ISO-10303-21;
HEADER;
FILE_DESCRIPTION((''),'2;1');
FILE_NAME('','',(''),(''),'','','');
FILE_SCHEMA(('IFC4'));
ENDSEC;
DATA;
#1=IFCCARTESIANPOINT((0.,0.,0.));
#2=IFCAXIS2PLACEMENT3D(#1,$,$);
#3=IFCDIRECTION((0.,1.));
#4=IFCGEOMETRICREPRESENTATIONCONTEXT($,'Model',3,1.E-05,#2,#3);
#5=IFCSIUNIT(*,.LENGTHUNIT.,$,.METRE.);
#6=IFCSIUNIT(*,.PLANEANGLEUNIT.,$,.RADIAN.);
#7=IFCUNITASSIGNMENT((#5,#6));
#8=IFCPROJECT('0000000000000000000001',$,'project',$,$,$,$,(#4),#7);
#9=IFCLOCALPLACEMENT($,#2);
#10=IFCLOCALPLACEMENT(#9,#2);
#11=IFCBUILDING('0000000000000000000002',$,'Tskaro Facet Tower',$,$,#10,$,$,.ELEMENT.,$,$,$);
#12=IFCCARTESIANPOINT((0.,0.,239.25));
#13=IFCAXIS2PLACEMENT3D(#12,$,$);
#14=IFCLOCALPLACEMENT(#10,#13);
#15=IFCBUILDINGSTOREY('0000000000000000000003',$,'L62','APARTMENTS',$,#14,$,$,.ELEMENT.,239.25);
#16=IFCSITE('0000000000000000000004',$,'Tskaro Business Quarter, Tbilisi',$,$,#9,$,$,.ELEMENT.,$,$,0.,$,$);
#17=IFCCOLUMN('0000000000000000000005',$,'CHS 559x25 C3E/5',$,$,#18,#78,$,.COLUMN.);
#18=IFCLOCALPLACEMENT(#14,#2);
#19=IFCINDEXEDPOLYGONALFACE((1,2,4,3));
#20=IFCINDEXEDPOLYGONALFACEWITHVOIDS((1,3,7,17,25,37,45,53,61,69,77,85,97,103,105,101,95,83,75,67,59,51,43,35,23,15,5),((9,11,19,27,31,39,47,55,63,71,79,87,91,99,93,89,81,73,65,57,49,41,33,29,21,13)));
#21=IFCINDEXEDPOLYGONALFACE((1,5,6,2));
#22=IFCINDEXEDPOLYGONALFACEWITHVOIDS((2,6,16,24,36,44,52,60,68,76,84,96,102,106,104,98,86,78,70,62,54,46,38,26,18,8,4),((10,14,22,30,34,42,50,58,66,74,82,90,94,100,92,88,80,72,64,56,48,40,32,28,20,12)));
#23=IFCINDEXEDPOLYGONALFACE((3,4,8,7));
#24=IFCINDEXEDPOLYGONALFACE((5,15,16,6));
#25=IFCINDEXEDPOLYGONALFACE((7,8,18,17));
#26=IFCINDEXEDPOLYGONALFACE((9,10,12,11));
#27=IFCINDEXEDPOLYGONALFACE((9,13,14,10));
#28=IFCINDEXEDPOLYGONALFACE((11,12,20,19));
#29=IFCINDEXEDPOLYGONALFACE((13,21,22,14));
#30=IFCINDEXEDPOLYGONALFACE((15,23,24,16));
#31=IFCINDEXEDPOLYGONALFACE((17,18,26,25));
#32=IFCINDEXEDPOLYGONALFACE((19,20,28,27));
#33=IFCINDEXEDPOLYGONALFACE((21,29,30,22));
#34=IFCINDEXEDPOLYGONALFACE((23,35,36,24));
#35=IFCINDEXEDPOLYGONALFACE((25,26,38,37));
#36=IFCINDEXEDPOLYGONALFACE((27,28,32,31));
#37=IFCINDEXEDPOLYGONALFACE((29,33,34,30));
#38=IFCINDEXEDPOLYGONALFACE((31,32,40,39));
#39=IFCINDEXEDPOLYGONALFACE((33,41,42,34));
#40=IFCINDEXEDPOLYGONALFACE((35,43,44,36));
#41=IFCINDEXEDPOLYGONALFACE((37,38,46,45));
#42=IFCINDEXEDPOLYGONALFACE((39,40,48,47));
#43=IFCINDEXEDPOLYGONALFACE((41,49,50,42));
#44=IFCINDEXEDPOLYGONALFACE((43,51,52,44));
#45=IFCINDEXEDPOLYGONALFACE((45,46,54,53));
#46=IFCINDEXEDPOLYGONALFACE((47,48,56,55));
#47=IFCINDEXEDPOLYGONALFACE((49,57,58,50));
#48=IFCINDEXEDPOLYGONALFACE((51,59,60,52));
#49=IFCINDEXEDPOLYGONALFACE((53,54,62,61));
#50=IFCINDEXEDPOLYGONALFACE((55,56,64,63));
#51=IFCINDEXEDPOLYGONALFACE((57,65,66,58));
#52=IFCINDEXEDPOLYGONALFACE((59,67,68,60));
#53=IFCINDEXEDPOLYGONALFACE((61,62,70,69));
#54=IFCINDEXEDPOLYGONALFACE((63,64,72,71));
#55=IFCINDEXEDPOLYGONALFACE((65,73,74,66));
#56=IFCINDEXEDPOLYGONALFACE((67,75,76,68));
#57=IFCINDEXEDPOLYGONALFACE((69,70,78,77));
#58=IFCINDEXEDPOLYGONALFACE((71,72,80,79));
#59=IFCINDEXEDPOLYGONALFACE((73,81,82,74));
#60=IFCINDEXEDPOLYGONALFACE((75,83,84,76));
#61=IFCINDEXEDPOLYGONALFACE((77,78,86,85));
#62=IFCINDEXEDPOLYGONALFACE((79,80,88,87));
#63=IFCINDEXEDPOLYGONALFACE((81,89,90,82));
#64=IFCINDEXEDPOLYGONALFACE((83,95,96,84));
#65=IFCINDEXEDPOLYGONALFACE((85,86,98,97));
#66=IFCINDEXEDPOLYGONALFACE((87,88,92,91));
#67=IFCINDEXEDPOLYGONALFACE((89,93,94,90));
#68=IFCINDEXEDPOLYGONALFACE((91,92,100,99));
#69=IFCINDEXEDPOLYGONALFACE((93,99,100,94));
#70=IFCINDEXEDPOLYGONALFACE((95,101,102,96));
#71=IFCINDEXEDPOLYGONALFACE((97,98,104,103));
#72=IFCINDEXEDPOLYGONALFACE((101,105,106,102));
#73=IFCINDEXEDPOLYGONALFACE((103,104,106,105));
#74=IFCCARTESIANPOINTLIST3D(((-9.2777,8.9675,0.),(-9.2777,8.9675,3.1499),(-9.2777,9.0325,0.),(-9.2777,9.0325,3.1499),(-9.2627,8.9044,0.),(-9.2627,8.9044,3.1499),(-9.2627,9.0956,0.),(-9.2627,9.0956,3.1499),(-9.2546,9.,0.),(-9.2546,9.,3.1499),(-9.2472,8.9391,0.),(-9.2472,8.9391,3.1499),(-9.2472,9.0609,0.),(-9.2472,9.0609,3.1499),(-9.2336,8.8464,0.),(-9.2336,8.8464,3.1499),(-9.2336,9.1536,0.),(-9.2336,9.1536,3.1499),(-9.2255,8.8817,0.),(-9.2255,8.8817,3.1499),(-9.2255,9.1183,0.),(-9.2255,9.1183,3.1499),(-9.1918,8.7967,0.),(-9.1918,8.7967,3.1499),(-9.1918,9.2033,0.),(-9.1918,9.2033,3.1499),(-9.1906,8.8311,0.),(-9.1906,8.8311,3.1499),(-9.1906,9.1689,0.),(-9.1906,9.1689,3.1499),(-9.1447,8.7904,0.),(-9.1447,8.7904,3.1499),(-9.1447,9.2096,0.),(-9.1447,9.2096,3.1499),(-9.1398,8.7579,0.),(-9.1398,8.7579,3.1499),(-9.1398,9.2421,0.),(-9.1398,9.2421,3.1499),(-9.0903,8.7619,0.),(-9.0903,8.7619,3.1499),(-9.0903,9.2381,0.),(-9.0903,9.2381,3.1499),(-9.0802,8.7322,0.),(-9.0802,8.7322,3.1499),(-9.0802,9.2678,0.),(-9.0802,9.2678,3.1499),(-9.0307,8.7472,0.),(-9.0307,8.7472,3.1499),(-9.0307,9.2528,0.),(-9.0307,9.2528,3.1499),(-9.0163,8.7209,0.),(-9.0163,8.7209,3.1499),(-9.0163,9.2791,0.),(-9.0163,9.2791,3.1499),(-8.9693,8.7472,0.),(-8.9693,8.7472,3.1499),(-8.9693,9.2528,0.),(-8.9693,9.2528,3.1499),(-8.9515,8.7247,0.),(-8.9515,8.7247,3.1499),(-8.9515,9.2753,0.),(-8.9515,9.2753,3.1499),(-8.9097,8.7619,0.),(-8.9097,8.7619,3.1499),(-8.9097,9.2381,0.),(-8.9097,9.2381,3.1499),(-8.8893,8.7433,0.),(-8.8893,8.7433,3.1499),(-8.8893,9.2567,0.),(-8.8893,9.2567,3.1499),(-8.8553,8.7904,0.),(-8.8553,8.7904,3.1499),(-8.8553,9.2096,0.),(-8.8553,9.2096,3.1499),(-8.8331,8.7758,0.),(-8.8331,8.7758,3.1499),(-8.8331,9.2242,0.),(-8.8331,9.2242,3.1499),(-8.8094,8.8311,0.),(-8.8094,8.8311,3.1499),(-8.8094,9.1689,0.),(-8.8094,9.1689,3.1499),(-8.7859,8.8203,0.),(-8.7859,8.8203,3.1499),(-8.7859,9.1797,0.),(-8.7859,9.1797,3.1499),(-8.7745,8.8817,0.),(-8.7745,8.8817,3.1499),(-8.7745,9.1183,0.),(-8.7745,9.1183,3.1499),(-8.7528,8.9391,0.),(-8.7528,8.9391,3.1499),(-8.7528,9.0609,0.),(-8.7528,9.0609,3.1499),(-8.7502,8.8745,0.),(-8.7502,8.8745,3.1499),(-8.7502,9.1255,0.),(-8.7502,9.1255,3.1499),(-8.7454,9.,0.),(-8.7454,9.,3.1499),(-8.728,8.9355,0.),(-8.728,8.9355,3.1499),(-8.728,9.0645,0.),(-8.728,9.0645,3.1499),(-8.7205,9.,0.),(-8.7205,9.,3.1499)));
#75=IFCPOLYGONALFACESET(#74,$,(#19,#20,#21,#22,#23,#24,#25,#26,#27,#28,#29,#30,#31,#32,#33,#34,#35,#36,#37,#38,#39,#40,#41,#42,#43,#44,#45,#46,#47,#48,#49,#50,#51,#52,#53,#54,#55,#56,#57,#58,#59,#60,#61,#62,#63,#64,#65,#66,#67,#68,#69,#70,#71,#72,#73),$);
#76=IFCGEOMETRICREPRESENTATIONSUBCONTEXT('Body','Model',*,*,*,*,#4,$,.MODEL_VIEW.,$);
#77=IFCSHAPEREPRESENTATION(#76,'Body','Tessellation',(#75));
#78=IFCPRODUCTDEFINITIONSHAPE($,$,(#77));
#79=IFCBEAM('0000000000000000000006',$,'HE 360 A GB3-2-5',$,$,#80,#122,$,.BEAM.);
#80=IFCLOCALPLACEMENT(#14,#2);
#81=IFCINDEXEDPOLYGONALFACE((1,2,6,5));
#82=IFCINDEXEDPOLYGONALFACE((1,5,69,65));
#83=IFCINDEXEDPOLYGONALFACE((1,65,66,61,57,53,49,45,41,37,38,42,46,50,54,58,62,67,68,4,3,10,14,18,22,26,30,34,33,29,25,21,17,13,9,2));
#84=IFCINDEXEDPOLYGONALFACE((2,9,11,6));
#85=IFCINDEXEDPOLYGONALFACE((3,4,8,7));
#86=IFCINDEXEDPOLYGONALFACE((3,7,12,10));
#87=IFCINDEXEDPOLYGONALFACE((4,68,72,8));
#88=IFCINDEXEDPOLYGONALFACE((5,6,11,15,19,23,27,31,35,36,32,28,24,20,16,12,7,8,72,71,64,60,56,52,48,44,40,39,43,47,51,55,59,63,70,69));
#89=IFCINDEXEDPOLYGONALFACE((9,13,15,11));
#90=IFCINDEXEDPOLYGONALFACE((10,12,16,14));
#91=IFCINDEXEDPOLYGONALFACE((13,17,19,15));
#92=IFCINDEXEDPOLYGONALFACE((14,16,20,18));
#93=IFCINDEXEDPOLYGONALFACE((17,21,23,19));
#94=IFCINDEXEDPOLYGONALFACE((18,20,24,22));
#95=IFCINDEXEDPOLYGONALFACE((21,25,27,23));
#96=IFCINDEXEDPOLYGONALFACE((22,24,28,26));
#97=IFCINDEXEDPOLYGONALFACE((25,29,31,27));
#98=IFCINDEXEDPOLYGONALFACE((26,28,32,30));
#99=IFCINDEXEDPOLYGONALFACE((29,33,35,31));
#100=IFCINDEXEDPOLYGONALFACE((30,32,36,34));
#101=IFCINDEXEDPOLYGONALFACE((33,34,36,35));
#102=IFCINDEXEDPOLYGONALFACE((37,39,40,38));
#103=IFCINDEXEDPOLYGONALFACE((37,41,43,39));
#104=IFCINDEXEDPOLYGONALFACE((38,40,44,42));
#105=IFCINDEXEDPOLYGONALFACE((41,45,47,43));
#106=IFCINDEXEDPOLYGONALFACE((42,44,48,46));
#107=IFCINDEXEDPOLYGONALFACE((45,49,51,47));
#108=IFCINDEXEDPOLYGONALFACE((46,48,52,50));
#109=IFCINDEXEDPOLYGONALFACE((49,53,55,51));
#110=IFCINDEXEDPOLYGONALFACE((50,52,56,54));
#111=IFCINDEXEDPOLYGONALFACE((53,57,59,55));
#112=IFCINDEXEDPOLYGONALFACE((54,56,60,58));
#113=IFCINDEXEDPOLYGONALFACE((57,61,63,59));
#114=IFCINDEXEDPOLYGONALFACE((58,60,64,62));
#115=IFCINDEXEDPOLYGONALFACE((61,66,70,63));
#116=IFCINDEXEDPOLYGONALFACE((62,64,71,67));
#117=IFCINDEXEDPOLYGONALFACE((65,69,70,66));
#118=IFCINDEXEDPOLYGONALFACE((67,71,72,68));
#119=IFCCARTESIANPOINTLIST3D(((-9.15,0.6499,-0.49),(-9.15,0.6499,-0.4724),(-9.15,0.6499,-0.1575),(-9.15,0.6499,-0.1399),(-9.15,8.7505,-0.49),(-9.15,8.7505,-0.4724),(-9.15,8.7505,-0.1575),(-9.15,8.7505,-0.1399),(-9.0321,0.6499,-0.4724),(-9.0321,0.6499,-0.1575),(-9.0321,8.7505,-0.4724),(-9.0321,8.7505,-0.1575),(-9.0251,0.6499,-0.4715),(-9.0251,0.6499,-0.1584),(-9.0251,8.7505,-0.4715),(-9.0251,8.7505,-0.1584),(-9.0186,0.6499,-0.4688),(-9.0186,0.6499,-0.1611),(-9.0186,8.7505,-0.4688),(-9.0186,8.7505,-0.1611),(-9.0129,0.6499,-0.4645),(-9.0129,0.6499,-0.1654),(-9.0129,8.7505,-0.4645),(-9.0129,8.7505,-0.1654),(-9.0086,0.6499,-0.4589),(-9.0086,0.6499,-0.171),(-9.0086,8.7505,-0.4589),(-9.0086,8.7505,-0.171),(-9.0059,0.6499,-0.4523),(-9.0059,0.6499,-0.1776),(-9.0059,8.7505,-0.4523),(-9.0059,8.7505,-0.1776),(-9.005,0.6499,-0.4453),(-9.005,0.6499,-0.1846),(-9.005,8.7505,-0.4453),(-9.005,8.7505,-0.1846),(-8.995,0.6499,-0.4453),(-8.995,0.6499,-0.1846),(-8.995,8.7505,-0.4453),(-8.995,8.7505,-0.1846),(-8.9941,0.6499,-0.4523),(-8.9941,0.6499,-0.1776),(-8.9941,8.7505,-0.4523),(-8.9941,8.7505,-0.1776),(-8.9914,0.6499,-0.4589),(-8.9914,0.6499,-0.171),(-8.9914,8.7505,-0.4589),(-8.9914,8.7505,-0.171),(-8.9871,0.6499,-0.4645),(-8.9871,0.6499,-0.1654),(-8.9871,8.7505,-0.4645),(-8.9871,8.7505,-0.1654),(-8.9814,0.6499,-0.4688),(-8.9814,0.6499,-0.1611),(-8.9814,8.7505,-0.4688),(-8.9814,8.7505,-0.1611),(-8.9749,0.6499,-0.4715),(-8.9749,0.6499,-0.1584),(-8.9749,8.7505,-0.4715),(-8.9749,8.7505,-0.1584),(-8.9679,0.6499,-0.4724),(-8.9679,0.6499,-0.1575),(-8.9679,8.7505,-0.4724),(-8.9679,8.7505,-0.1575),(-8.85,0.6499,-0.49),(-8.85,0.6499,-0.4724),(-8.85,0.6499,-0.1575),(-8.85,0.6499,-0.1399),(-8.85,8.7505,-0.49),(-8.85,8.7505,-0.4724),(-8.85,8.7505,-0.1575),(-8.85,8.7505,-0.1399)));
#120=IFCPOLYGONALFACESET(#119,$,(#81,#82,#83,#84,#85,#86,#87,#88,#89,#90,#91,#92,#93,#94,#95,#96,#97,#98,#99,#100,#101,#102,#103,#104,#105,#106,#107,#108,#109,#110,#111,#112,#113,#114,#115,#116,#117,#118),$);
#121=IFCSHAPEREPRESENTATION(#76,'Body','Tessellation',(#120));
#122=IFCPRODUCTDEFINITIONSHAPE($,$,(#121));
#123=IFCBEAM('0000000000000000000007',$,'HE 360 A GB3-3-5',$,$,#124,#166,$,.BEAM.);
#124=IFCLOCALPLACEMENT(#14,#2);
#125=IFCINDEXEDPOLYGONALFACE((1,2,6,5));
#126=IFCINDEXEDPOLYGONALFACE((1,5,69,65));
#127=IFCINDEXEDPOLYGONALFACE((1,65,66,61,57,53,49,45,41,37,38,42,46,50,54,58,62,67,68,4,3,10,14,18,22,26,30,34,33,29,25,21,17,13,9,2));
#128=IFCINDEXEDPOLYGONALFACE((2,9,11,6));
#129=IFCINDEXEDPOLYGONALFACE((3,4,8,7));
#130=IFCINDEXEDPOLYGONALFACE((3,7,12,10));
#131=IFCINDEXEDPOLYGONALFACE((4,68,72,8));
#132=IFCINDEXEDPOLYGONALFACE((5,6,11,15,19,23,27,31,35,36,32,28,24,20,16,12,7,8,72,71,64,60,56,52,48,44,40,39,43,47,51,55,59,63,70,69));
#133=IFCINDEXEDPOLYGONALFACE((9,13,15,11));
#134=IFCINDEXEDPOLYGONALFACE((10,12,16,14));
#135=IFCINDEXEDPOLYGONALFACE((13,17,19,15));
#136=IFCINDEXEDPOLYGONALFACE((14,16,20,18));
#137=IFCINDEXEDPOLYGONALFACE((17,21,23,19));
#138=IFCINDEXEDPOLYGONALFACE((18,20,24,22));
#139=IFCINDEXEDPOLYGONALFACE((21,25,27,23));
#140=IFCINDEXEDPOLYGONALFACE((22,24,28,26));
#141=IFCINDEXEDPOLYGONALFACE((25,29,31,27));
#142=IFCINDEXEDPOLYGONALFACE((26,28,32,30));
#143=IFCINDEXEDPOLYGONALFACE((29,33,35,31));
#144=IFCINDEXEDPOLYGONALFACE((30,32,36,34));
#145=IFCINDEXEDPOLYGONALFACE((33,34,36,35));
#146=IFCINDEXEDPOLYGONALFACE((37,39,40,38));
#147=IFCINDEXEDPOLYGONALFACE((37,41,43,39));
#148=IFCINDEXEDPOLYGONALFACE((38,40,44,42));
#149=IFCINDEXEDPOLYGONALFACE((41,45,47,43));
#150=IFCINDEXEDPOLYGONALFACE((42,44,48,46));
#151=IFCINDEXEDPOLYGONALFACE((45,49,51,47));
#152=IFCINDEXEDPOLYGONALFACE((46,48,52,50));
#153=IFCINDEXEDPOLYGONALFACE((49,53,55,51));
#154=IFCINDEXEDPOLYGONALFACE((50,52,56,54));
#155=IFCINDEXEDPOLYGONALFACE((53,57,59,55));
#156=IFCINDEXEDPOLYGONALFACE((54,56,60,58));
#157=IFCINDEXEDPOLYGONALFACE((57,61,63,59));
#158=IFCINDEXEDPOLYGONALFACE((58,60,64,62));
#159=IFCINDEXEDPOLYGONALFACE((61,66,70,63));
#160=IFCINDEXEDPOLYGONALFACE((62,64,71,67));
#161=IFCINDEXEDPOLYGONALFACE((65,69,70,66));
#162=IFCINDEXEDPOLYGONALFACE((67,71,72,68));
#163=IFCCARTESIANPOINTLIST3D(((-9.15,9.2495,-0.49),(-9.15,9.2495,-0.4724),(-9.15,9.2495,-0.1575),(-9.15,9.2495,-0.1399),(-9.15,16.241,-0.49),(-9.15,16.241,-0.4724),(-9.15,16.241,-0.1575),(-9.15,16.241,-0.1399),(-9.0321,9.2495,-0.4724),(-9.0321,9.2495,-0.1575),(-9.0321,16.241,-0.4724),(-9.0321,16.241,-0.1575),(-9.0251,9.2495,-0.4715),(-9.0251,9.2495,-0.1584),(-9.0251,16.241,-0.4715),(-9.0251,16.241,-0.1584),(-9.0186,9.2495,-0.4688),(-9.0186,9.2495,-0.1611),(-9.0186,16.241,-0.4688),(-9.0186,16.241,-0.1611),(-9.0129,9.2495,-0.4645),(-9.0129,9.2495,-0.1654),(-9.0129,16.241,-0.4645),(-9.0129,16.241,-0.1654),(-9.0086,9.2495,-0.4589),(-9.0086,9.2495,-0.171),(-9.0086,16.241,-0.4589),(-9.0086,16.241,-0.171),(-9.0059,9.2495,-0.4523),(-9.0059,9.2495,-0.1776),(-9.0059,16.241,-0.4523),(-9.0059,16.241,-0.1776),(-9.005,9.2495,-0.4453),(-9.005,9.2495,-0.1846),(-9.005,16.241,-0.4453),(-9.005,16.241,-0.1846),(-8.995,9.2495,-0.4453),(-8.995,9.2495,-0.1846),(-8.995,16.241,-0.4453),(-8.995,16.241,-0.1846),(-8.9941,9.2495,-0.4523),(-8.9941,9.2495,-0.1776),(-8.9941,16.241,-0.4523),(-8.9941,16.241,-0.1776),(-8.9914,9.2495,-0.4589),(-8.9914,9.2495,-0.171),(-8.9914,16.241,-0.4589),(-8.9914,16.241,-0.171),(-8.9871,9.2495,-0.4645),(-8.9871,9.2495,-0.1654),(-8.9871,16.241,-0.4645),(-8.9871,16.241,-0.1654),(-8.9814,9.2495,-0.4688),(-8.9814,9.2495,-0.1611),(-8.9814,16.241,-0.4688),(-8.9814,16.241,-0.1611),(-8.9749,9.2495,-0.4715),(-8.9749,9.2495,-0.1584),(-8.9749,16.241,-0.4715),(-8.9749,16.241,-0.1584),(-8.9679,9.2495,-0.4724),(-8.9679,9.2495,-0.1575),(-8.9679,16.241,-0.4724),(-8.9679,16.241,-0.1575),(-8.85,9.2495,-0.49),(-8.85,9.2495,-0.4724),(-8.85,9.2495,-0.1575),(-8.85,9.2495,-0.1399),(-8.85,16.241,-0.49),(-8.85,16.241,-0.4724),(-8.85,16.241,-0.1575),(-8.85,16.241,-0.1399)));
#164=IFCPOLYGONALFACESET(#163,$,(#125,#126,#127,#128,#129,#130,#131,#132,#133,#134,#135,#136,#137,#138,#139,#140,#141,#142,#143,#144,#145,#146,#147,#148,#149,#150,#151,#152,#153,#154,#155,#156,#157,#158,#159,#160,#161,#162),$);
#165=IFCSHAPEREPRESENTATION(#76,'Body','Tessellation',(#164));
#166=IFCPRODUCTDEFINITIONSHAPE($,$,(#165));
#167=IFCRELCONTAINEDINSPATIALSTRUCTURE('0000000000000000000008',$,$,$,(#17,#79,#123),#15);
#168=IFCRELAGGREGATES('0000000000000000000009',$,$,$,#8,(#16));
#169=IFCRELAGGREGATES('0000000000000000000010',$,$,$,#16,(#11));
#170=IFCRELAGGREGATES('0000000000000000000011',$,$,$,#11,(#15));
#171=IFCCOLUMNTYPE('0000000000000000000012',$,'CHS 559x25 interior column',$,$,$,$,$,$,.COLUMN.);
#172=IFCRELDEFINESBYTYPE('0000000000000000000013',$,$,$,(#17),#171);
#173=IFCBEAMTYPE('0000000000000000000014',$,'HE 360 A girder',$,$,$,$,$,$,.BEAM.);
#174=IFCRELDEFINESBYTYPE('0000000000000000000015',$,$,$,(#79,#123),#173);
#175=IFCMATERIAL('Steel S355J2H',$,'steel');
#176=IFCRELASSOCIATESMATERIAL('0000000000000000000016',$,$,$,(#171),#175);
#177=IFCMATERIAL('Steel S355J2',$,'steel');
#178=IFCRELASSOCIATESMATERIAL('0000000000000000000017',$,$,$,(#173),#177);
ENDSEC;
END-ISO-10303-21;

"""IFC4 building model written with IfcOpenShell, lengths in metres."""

from ifc_helpers import new_model, si_unit, direction, frame, origin, origin_2d, place, context, subcontext, project, spatial, hollow_circle, i_section, extrude, material, material_profile, profile_set, type_object, element, save


model = new_model("IFC4")

# Units and contexts
model_context = context("Model", 3, precision=1e-05, world=origin(), true_north=direction((0.0, 1.0)))
body_context = subcontext(model_context, "Body", "Model", "MODEL_VIEW")
ifc_project = project(units=[si_unit("LENGTHUNIT", "METRE"), si_unit("PLANEANGLEUNIT", "RADIAN")], contexts=[model_context])

# Site, building, storey
site_placement = place(None, origin())
site = spatial("IfcSite", under=ifc_project, at=site_placement, Name="Tskaro Business Quarter, Tbilisi", CompositionType="ELEMENT", RefElevation=0.0)
building_placement = place(site_placement, origin())
building = spatial("IfcBuilding", under=site, at=building_placement, Name="Tskaro Facet Tower", CompositionType="ELEMENT")
storey_placement = place(building_placement, frame((0.0, 0.0, 239.25)))
storey = spatial("IfcBuildingStorey", under=building, at=storey_placement, Name="L62", Description="APARTMENTS", CompositionType="ELEMENT", Elevation=239.25)

# Column
ifc_material_1 = material(Name="Steel S355J2H", Category="steel")
ifc_material_profile_1 = material_profile(ifc_material_1, hollow_circle(Radius=0.2795, WallThickness=0.0249, at=origin_2d()), Name="CHS 559x25")
ifc_profile_set_1 = profile_set([ifc_material_profile_1], Name="Steel S355J2H")
column_type = type_object("IfcColumnType", Name="CHS 559x25 interior column", PredefinedType="COLUMN", material=ifc_profile_set_1)
column_placement = place(storey_placement, frame((-9.0, 9.0, 0.0), z_axis=(0.0, 0.0, 1.0), x_axis=(1.0, 0.0, 0.0)))
element("IfcColumn", 1, at=column_placement, inside=storey, type_object=column_type, Name="CHS 559x25 C3E/5", PredefinedType="COLUMN", context=body_context, shape_type="SweptSolid", body=[
    extrude(hollow_circle(Radius=0.2795, WallThickness=0.0249, at=origin_2d()), origin(), (0.0, 0.0, 1.0), 3.1499),
])

# Beams
ifc_material_2 = material(Name="Steel S355J2", Category="steel")
ifc_material_profile_2 = material_profile(ifc_material_2, i_section(OverallWidth=0.3, OverallDepth=0.3501, WebThickness=0.01, FlangeThickness=0.0176, FilletRadius=0.0271, at=origin_2d()), Name="HE 360 A")
ifc_profile_set_2 = profile_set([ifc_material_profile_2], Name="Steel S355J2")
beam_type_1 = type_object("IfcBeamType", Name="HE 360 A girder", PredefinedType="BEAM", material=ifc_profile_set_2)
beam_1_placement = place(storey_placement, frame((-9.0, 0.6499, -0.3149), z_axis=(0.0, 1.0, 0.0), x_axis=(-1.0, 0.0, 0.0)))
element("IfcBeam", 2, at=beam_1_placement, inside=storey, type_object=beam_type_1, Name="HE 360 A GB3-2-5", PredefinedType="BEAM", context=body_context, shape_type="SweptSolid", body=[
    extrude(i_section(OverallWidth=0.3, OverallDepth=0.3501, WebThickness=0.01, FlangeThickness=0.0176, FilletRadius=0.0271, at=origin_2d()), origin(), (0.0, 0.0, 1.0), 8.1006),
])
beam_2_placement = place(storey_placement, frame((-9.0, 9.2495, -0.3149), z_axis=(0.0, 1.0, 0.0), x_axis=(-1.0, 0.0, 0.0)))
element("IfcBeam", 3, at=beam_2_placement, inside=storey, type_object=beam_type_1, Name="HE 360 A GB3-3-5", PredefinedType="BEAM", context=body_context, shape_type="SweptSolid", body=[
    extrude(i_section(OverallWidth=0.3, OverallDepth=0.3501, WebThickness=0.01, FlangeThickness=0.0176, FilletRadius=0.0271, at=origin_2d()), origin(), (0.0, 0.0, 1.0), 6.9915),
])

save(model, "model.ifc")
